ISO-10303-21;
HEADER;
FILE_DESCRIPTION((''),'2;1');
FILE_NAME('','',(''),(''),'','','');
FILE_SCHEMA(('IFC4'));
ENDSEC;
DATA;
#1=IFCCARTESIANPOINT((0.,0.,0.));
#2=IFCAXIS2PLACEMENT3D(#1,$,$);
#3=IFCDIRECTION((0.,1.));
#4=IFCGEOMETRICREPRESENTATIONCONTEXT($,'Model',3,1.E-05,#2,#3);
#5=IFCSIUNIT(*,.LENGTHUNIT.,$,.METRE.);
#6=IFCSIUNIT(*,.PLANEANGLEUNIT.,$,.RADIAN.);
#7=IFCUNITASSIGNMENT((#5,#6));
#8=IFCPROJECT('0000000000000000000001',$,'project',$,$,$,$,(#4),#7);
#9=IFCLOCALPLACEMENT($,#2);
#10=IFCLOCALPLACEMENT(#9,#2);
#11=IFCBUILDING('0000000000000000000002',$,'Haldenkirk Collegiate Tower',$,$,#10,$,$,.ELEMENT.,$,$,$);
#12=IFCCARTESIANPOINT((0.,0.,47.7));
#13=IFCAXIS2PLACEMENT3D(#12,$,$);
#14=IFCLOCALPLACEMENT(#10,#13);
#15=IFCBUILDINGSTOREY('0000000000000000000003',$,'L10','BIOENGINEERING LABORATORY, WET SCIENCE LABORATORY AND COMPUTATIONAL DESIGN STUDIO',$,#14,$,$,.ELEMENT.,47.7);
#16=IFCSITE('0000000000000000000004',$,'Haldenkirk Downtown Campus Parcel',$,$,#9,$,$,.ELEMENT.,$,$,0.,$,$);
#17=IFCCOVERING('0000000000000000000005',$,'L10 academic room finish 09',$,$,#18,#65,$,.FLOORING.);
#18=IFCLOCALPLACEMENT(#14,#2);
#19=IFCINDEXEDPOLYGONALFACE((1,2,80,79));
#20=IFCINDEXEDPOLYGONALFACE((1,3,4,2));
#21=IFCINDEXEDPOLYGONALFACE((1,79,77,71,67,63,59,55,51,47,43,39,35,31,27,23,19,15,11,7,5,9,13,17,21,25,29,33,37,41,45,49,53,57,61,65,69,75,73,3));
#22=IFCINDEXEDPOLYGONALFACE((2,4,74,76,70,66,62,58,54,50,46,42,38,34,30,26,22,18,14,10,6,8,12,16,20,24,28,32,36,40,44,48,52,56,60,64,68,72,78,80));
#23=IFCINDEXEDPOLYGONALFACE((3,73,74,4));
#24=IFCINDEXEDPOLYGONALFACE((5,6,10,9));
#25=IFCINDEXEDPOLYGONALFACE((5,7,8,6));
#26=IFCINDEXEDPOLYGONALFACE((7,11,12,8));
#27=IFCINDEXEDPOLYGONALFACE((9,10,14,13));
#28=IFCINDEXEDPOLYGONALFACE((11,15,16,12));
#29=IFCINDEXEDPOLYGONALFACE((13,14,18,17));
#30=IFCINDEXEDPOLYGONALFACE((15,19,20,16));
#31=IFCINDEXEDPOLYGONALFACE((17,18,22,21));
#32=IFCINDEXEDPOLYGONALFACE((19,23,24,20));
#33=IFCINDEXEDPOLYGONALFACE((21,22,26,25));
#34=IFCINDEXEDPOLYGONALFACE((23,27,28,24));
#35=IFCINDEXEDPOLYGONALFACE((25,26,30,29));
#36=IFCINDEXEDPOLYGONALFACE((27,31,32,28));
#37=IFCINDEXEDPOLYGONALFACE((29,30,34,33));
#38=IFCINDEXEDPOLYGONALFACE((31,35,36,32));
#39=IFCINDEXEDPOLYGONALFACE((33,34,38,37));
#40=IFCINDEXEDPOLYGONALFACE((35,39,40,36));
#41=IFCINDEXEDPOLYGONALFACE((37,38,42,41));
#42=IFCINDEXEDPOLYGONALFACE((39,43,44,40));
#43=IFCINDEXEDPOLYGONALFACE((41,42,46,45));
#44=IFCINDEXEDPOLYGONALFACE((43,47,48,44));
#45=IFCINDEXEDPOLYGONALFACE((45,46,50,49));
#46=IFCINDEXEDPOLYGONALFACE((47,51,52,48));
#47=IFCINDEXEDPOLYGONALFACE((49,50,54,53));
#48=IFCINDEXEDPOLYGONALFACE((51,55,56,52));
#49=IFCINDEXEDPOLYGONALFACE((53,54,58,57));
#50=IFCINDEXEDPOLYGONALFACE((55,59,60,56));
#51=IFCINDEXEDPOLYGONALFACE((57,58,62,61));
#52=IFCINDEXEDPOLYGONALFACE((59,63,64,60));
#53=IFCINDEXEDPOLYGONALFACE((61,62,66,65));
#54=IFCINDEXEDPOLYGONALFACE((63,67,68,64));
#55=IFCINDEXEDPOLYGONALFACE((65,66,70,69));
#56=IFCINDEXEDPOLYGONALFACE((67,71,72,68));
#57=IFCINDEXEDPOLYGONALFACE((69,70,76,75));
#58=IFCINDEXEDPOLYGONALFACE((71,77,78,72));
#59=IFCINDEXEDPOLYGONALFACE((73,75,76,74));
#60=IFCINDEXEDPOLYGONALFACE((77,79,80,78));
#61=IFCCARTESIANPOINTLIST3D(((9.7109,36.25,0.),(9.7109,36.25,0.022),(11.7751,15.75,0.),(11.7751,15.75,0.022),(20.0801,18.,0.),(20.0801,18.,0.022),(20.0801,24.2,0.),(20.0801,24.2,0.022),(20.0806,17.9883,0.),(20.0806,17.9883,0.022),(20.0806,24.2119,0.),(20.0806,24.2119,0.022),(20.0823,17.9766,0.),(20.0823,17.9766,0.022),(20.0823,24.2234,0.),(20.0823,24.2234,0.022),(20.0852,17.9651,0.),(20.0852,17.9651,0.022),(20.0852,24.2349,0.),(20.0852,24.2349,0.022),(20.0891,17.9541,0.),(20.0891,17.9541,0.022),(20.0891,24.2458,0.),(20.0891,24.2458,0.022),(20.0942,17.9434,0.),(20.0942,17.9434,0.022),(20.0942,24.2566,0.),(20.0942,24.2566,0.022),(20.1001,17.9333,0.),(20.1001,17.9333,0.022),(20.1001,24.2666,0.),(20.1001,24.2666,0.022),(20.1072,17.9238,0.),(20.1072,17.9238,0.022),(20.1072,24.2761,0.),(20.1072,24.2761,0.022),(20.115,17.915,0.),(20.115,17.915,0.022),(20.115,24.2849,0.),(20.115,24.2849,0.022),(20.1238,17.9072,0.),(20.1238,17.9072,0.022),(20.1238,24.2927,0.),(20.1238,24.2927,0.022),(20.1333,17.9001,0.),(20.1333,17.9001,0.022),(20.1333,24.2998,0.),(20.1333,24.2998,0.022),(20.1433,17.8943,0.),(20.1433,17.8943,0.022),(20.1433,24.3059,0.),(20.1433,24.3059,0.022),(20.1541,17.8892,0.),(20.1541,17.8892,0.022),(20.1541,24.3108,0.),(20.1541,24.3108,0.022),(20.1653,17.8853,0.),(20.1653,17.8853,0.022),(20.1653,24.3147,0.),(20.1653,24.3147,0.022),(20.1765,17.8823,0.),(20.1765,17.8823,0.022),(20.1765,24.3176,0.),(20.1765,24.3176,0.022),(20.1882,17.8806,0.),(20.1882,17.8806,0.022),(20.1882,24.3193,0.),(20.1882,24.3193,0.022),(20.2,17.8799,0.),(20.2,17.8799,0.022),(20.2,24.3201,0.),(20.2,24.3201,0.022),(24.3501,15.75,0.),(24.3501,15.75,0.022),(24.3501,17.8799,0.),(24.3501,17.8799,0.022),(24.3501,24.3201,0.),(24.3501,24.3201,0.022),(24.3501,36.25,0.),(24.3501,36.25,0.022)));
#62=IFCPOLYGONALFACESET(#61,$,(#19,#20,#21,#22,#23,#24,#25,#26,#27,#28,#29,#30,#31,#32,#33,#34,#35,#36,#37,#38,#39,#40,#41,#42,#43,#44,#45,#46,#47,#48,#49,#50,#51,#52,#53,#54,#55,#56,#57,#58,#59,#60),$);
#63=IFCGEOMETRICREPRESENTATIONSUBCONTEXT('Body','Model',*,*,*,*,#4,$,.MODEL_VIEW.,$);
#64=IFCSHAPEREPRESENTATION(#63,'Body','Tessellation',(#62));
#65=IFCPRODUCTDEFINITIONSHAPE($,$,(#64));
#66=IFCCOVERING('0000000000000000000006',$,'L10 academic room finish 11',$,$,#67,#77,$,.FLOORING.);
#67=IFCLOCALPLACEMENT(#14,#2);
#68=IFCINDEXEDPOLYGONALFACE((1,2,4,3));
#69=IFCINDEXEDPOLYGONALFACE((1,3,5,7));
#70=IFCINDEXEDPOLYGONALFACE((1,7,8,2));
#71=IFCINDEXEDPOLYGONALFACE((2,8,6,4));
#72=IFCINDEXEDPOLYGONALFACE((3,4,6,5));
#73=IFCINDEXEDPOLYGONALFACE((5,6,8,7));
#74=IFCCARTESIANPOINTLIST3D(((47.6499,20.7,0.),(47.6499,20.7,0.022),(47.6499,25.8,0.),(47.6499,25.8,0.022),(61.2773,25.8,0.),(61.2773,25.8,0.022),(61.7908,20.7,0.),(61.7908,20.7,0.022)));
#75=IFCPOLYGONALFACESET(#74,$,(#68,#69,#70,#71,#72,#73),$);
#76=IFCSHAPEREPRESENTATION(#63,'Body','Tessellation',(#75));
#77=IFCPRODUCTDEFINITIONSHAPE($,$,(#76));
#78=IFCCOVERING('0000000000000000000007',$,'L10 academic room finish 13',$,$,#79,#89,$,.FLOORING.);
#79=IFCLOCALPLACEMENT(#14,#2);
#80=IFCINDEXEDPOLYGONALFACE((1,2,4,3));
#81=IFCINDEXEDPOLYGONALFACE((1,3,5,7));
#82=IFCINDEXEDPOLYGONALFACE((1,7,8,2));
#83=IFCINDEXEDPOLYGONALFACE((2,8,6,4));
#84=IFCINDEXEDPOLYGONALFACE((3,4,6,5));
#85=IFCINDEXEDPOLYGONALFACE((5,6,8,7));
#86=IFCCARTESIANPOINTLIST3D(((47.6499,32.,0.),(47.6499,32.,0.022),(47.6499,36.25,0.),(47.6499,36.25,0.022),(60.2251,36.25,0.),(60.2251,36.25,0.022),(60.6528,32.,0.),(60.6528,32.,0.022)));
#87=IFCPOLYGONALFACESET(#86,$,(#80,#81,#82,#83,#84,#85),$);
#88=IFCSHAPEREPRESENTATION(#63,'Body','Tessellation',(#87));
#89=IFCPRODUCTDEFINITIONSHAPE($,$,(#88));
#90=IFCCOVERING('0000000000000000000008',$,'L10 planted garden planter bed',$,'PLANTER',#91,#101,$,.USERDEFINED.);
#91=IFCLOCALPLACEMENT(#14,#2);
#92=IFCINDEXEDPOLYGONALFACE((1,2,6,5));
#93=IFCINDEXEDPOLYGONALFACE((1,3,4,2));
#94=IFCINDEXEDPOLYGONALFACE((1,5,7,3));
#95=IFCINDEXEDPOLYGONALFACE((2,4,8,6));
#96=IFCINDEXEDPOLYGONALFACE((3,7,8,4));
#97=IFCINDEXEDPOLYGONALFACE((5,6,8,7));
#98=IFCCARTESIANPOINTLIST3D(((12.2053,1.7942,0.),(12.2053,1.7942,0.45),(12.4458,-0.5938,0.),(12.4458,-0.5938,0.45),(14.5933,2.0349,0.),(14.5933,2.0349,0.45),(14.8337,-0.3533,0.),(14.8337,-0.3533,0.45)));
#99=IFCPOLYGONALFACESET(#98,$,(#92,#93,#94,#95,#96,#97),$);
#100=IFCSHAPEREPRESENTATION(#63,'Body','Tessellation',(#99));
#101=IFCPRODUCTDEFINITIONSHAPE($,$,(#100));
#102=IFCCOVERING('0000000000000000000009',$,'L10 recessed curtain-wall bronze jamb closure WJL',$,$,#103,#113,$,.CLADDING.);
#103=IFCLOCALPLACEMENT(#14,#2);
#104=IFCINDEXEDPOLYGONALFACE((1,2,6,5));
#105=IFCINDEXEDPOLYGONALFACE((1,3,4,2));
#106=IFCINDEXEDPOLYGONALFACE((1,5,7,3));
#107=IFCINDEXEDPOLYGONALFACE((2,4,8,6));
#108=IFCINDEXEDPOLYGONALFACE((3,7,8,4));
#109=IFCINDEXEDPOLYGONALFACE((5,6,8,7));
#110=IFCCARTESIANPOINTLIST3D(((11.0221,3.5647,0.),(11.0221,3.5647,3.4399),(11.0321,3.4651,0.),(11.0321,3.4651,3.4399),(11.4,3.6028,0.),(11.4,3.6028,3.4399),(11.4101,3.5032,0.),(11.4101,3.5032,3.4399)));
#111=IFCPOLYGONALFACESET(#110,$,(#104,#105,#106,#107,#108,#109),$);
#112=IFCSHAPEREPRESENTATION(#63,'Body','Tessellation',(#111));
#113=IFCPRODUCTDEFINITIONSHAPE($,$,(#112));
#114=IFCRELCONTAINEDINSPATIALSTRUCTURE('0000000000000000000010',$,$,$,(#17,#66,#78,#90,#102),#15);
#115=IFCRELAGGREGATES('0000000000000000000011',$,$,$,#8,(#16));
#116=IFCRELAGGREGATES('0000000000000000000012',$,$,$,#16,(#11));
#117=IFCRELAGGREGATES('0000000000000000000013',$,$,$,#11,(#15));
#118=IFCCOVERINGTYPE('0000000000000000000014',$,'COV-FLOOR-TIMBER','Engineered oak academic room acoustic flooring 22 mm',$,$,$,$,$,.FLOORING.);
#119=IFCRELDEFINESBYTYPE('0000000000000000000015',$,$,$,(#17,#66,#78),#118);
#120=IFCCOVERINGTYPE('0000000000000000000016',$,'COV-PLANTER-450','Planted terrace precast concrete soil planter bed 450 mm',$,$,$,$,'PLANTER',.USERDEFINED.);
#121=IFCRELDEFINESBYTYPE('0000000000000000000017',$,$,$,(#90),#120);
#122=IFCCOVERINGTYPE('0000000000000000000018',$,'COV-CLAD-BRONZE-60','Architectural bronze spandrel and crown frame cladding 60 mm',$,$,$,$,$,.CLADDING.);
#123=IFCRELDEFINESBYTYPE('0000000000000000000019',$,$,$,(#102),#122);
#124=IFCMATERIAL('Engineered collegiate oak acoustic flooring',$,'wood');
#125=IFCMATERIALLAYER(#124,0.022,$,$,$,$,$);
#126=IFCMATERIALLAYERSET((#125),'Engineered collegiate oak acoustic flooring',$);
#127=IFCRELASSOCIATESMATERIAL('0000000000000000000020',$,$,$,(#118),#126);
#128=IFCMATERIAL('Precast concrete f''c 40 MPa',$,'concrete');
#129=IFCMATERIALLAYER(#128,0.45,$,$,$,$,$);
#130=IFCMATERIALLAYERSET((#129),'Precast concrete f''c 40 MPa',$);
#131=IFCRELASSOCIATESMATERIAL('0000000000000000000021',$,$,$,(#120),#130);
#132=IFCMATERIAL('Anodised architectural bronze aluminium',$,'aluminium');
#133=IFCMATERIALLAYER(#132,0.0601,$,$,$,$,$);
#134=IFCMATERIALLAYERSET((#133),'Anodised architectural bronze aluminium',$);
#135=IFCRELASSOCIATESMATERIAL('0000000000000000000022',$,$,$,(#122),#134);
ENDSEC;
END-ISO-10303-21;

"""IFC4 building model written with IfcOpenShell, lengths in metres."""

from ifc_helpers import new_model, si_unit, direction, frame, origin, origin_2d, place, context, subcontext, project, spatial, polyline, rectangle, outline, extrude, source, transform, mapped, material, layer, layer_set, type_object, element, save


model = new_model("IFC4")

# Units and contexts
model_context = context("Model", 3, precision=1e-05, world=origin(), true_north=direction((0.0, 1.0)))
body_context = subcontext(model_context, "Body", "Model", "MODEL_VIEW")
ifc_project = project(units=[si_unit("LENGTHUNIT", "METRE"), si_unit("PLANEANGLEUNIT", "RADIAN")], contexts=[model_context])

# Site, building, storey
site_placement = place(None, origin())
site = spatial("IfcSite", under=ifc_project, at=site_placement, Name="Haldenkirk Downtown Campus Parcel", CompositionType="ELEMENT", RefElevation=0.0)
building_placement = place(site_placement, origin())
building = spatial("IfcBuilding", under=site, at=building_placement, Name="Haldenkirk Collegiate Tower", CompositionType="ELEMENT")
storey_placement = place(building_placement, frame((0.0, 0.0, 47.7)))
storey = spatial("IfcBuildingStorey", under=building, at=storey_placement, Name="L10", Description="BIOENGINEERING LABORATORY, WET SCIENCE LABORATORY AND COMPUTATIONAL DESIGN STUDIO", CompositionType="ELEMENT", Elevation=47.7)

# Shared definitions
ifc_material_1 = material(Name="Anodised architectural bronze aluminium", Category="aluminium")

# Shared definitions
ifc_material_2 = material(Name="Precast concrete f'c 40 MPa", Category="concrete")

# Coverings
ifc_material_3 = material(Name="Engineered collegiate oak acoustic flooring", Category="wood")
ifc_layer_1 = layer(ifc_material_3, 0.022)
ifc_layer_set_1 = layer_set([ifc_layer_1], Name="Engineered collegiate oak acoustic flooring")
covering_type_1 = type_object("IfcCoveringType", Name="COV-FLOOR-TIMBER", Description="Engineered oak academic room acoustic flooring 22 mm", PredefinedType="FLOORING", material=ifc_layer_set_1)
covering_1_placement = place(storey_placement, origin())
element("IfcCovering", 1, at=covering_1_placement, inside=storey, type_object=covering_type_1, Name="L10 academic room finish 09", PredefinedType="FLOORING", context=body_context, shape_type="SweptSolid", body=[
    extrude(outline(polyline([(20.2, 24.3201), (20.1882, 24.3193), (20.1765, 24.3176), (20.1653, 24.3147), (20.1541, 24.3108), (20.1433, 24.3059), (20.1333, 24.2998), (20.1238, 24.2927), (20.115, 24.2849), (20.1072, 24.2761), (20.1001, 24.2666), (20.0942, 24.2566), (20.0891, 24.2458), (20.0852, 24.2349), (20.0823, 24.2234), (20.0806, 24.2119), (20.0801, 24.2), (20.0801, 18.0), (20.0806, 17.9883), (20.0823, 17.9766), (20.0852, 17.9651), (20.0891, 17.9541), (20.0942, 17.9434), (20.1001, 17.9333), (20.1072, 17.9238), (20.115, 17.915), (20.1238, 17.9072), (20.1333, 17.9001), (20.1433, 17.8943), (20.1541, 17.8892), (20.1653, 17.8853), (20.1765, 17.8823), (20.1882, 17.8806), (20.2, 17.8799), (24.3501, 17.8799), (24.3501, 15.75), (11.7751, 15.75), (9.7109, 36.25), (24.3501, 36.25), (24.3501, 24.3201), (20.2, 24.3201)])), origin(), (0.0, 0.0, 1.0), 0.022),
])
covering_2_placement = place(storey_placement, origin())
element("IfcCovering", 2, at=covering_2_placement, inside=storey, type_object=covering_type_1, Name="L10 academic room finish 11", PredefinedType="FLOORING", context=body_context, shape_type="SweptSolid", body=[
    extrude(outline(polyline([(61.7908, 20.7), (47.6499, 20.7), (47.6499, 25.8), (61.2773, 25.8), (61.7908, 20.7)])), origin(), (0.0, 0.0, 1.0), 0.022),
])
covering_3_placement = place(storey_placement, origin())
element("IfcCovering", 3, at=covering_3_placement, inside=storey, type_object=covering_type_1, Name="L10 academic room finish 13", PredefinedType="FLOORING", context=body_context, shape_type="SweptSolid", body=[
    extrude(outline(polyline([(60.6528, 32.0), (47.6499, 32.0), (47.6499, 36.25), (60.2251, 36.25), (60.6528, 32.0)])), origin(), (0.0, 0.0, 1.0), 0.022),
])
ifc_layer_2 = layer(ifc_material_2, 0.45)
ifc_layer_set_2 = layer_set([ifc_layer_2], Name="Precast concrete f'c 40 MPa")
covering_type_2 = type_object("IfcCoveringType", Name="COV-PLANTER-450", Description="Planted terrace precast concrete soil planter bed 450 mm", ElementType="PLANTER", PredefinedType="USERDEFINED", material=ifc_layer_set_2)
covering_4_placement = place(storey_placement, origin())
element("IfcCovering", 4, at=covering_4_placement, inside=storey, type_object=covering_type_2, Name="L10 planted garden planter bed", ObjectType="PLANTER", PredefinedType="USERDEFINED", context=body_context, shape_type="SweptSolid", body=[
    extrude(outline(polyline([(12.4458, -0.5938), (12.2053, 1.7942), (14.5933, 2.0349), (14.8337, -0.3533), (12.4458, -0.5938)])), origin(), (0.0, 0.0, 1.0), 0.45),
])
ifc_layer_3 = layer(ifc_material_1, 0.0601)
ifc_layer_set_3 = layer_set([ifc_layer_3], Name="Anodised architectural bronze aluminium")
covering_type_3 = type_object("IfcCoveringType", Name="COV-CLAD-BRONZE-60", Description="Architectural bronze spandrel and crown frame cladding 60 mm", PredefinedType="CLADDING", material=ifc_layer_set_3)
shared_shape_1 = source(origin(), body_context, "Body", "SweptSolid", [
    extrude(rectangle(XDim=0.1001, YDim=0.3799, at=origin_2d()), origin(), (0.0, 0.0, 1.0), 3.4399),
])
covering_5_placement = place(storey_placement, frame((11.2161, 3.5339, 0.0), z_axis=(0.0, 0.0, 1.0), x_axis=(-0.100188, 0.994969, 0.0)))
element("IfcCovering", 5, at=covering_5_placement, inside=storey, type_object=covering_type_3, Name="L10 recessed curtain-wall bronze jamb closure WJL", PredefinedType="CLADDING", context=body_context, shape_type="MappedRepresentation", body=[
    mapped(shared_shape_1, transform((0.0, 0.0, 0.0), x_axis=(1.0, 0.0, 0.0), y_axis=(0.0, 1.0, 0.0), z_axis=(0.0, 0.0, 1.0), scale=1.0)),
])

save(model, "model.ifc")
